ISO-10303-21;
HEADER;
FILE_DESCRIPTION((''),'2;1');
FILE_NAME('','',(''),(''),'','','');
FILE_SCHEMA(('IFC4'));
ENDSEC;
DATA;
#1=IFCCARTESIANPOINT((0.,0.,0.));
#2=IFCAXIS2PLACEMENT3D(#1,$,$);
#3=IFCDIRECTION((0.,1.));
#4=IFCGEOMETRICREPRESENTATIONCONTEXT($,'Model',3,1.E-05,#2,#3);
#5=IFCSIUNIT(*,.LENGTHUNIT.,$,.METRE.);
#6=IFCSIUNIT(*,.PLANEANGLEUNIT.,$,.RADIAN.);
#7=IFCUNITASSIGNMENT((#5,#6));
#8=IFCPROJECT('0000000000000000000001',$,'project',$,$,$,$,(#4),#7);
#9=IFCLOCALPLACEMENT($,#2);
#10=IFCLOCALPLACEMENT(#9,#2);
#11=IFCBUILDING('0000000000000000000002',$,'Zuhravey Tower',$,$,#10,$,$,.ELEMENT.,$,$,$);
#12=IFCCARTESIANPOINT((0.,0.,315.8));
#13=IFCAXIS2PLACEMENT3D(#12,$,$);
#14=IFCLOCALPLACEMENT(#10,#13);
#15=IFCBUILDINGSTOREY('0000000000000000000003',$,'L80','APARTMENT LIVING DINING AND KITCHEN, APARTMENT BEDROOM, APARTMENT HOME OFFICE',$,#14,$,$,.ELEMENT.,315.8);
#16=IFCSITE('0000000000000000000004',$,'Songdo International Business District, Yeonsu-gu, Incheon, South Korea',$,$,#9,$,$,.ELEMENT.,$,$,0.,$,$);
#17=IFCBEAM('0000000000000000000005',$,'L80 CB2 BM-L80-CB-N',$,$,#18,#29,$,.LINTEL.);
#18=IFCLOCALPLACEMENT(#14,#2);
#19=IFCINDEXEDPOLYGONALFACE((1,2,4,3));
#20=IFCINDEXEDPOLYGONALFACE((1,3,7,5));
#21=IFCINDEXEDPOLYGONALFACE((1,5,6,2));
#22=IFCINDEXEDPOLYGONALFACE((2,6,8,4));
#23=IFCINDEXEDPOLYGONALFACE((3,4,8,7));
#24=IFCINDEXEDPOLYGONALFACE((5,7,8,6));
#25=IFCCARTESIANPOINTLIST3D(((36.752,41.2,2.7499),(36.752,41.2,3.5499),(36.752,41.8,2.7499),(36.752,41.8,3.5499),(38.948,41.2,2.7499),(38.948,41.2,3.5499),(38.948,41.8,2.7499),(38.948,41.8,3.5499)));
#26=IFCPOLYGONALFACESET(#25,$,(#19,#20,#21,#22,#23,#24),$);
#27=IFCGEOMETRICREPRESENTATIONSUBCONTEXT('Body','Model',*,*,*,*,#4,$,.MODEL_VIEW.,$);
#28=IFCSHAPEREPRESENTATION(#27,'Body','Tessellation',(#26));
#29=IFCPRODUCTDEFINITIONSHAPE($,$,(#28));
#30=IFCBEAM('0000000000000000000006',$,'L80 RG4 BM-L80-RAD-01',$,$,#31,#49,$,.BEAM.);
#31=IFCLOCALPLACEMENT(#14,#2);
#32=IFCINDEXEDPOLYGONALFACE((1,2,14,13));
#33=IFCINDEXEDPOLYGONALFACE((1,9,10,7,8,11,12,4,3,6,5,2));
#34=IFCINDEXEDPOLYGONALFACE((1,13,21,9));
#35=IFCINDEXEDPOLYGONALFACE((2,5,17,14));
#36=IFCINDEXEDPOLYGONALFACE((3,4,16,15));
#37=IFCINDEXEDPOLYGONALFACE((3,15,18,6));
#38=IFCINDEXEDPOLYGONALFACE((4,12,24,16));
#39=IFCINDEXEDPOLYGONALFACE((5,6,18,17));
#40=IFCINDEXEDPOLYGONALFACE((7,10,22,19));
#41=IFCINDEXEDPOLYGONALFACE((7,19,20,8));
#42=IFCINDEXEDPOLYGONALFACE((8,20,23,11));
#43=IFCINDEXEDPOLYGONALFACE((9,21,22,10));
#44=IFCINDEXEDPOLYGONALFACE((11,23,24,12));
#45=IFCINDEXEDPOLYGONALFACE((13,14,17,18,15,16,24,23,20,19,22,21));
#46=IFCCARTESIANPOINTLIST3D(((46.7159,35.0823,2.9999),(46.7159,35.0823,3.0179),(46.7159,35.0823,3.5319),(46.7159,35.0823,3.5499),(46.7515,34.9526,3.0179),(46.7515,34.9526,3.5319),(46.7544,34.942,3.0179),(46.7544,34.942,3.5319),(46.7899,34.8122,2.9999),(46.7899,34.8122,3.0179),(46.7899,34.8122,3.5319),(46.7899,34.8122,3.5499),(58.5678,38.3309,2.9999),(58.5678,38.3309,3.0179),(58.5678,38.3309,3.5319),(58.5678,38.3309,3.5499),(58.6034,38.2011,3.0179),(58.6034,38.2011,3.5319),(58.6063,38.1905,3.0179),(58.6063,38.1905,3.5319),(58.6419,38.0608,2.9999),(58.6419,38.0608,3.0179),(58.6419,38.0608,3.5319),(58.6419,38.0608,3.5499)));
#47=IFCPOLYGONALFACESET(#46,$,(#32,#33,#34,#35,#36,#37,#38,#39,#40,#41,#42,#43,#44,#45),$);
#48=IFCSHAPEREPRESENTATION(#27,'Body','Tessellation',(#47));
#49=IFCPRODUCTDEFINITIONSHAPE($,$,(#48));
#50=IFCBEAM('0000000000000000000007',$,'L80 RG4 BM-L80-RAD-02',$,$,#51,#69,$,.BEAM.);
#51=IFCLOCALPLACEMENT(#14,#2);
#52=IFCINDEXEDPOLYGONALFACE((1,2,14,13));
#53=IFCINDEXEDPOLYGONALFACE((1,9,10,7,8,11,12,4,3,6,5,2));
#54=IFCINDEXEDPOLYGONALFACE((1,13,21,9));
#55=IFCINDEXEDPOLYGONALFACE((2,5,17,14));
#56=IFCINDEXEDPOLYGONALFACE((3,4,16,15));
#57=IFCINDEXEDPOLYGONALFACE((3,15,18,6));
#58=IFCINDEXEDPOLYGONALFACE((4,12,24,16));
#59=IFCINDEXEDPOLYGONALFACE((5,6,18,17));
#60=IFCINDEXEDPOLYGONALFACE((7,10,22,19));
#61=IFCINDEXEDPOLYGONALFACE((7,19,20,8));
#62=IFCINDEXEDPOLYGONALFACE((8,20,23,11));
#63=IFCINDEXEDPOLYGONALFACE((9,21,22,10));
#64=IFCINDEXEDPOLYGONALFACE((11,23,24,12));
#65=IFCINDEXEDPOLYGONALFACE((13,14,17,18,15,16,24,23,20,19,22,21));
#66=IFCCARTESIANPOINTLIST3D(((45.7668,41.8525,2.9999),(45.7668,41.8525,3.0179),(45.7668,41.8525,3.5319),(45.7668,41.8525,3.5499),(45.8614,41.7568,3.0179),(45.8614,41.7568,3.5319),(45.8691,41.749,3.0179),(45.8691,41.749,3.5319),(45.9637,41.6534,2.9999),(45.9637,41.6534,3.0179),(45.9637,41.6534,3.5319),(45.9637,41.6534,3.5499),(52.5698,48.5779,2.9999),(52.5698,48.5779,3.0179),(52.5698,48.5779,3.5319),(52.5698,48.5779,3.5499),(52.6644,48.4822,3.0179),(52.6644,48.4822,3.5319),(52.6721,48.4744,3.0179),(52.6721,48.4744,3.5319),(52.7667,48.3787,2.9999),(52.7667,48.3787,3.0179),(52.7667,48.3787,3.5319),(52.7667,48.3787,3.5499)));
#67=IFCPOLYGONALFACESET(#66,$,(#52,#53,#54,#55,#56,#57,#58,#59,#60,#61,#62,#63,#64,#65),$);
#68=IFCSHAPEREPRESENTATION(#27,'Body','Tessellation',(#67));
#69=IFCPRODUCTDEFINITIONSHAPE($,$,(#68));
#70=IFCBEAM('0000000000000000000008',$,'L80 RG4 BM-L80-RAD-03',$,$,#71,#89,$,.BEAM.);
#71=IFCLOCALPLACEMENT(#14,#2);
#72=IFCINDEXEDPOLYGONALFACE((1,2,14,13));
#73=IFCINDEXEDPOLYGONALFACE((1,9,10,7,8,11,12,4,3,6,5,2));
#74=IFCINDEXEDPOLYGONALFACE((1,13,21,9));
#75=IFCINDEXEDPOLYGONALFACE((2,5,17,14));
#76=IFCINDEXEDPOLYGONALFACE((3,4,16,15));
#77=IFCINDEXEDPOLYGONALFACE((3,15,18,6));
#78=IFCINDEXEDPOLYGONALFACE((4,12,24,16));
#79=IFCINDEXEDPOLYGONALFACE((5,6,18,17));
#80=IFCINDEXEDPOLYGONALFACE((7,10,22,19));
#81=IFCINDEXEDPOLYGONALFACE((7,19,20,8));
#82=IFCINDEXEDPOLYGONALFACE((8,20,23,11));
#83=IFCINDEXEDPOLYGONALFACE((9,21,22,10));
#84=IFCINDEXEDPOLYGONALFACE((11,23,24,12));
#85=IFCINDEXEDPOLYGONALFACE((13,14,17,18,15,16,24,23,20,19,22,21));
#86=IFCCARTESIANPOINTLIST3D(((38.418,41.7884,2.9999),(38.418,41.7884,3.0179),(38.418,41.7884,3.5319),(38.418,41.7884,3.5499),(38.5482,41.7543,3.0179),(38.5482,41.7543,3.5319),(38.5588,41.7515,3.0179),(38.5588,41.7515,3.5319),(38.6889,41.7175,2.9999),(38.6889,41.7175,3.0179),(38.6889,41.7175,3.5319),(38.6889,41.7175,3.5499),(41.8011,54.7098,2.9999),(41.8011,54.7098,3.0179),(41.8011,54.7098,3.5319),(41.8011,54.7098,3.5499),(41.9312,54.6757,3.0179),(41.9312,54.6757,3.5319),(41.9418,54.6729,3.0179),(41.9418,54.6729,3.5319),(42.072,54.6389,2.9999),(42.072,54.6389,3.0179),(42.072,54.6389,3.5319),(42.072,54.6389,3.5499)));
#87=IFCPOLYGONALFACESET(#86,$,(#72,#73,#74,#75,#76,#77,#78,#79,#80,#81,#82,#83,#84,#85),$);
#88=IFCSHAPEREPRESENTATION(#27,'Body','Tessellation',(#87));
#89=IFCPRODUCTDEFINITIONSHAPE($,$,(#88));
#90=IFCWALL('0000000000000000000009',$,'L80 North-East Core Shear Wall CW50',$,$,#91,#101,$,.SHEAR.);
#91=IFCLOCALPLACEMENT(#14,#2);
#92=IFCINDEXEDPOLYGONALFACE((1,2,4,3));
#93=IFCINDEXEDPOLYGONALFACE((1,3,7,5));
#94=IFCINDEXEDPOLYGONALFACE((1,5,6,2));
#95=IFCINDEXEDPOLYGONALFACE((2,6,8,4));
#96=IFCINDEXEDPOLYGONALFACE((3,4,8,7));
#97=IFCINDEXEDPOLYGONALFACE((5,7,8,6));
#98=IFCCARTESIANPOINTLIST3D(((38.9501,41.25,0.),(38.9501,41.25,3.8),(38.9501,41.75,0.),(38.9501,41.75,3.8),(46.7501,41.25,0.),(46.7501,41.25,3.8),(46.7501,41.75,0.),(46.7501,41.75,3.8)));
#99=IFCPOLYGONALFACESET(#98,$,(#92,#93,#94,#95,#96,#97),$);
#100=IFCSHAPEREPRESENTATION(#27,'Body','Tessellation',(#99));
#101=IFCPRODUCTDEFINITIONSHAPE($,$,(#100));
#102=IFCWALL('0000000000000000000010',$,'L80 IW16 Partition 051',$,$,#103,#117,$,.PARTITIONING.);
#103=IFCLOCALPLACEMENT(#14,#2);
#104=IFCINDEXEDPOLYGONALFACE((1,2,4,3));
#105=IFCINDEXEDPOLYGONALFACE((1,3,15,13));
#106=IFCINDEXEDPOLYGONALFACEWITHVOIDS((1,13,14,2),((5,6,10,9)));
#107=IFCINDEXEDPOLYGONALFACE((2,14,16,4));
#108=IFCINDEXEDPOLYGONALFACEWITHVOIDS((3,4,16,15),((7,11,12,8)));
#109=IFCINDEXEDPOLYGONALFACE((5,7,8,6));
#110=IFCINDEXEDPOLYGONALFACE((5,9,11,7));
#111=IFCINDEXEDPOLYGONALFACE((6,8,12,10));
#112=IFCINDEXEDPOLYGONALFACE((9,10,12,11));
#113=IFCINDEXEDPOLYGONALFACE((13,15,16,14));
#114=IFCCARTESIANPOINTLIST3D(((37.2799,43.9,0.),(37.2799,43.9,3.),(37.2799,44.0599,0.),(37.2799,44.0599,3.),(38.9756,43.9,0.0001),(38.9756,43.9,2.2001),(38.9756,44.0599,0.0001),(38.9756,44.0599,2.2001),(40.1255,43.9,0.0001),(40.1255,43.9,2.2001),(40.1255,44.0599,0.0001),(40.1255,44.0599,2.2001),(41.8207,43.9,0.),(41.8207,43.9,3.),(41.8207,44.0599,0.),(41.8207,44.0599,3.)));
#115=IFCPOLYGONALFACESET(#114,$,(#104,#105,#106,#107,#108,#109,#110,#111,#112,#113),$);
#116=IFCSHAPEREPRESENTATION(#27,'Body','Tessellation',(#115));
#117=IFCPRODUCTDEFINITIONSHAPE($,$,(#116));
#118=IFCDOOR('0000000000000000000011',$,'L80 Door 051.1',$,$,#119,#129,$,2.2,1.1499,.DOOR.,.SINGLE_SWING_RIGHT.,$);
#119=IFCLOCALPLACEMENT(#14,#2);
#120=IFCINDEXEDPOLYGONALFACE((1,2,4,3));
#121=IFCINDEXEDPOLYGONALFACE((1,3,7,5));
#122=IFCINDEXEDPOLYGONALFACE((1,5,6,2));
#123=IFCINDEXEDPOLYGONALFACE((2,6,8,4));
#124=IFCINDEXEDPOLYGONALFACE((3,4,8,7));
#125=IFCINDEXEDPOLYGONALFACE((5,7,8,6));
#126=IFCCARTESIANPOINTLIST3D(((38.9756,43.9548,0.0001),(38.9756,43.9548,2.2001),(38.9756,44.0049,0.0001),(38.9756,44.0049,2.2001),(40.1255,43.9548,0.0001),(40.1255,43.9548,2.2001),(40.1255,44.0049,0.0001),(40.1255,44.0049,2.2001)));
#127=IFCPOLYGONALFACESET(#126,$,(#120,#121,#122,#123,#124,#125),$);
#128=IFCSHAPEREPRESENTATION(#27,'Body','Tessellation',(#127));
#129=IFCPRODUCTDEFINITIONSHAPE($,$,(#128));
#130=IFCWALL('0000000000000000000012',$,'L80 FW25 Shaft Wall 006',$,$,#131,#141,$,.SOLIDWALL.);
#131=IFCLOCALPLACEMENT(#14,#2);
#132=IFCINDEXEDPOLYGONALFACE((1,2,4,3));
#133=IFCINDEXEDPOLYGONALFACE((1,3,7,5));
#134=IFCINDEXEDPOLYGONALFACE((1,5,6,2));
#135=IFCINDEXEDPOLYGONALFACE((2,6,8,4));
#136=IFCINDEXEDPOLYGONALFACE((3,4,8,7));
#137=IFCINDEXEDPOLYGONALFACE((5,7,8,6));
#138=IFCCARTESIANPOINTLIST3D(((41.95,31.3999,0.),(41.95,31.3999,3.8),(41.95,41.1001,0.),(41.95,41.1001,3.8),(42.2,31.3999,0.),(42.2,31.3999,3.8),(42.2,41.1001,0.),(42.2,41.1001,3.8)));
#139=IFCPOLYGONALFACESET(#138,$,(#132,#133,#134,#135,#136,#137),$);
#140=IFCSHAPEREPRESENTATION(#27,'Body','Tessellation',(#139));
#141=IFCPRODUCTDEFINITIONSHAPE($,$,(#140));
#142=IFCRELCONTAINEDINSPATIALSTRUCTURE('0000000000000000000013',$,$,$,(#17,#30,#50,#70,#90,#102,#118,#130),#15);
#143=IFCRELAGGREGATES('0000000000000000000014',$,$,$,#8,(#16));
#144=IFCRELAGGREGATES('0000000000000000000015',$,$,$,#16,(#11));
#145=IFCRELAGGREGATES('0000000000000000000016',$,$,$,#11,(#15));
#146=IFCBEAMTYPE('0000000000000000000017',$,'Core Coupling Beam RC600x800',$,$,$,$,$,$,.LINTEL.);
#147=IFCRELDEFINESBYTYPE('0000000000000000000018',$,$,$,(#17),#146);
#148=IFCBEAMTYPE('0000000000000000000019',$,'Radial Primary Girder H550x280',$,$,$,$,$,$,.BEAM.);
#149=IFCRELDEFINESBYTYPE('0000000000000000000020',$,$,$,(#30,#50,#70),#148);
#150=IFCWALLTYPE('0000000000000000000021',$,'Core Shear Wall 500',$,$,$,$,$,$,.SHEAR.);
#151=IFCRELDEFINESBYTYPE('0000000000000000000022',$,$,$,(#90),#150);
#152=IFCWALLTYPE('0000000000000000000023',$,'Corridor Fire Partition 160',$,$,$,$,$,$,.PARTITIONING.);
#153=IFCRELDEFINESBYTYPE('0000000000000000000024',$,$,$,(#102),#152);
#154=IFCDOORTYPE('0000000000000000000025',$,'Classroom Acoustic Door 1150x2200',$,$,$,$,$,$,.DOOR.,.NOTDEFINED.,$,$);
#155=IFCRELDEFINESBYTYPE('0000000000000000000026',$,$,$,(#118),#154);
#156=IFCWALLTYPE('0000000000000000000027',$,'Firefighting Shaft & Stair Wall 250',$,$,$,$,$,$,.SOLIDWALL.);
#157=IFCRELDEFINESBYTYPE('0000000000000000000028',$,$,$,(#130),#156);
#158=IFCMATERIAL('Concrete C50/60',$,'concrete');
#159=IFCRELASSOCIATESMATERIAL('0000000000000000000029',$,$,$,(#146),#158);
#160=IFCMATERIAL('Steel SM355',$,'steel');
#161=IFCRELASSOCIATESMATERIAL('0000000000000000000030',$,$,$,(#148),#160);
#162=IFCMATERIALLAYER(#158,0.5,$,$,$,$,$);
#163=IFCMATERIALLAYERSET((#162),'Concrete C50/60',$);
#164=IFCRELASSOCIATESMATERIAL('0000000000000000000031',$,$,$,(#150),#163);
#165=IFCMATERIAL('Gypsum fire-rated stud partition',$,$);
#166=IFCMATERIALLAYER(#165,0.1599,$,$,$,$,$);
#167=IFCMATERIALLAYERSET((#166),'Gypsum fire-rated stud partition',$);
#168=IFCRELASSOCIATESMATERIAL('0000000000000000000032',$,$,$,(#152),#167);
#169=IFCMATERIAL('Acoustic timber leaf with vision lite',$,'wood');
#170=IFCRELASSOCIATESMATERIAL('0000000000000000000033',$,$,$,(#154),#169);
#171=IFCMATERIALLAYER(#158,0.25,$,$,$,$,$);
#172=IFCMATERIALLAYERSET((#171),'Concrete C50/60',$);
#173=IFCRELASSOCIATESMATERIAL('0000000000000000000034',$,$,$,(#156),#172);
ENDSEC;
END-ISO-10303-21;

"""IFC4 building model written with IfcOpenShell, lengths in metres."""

from ifc_helpers import new_model, si_unit, direction, frame, frame_2d, origin, origin_2d, place, context, subcontext, project, spatial, rectangle, i_section, extrude, material, layer, layer_set, material_profile, profile_set, type_object, element, fill, save


model = new_model("IFC4")

# Units and contexts
model_context = context("Model", 3, precision=1e-05, world=origin(), true_north=direction((0.0, 1.0)))
body_context = subcontext(model_context, "Body", "Model", "MODEL_VIEW")
ifc_project = project(units=[si_unit("LENGTHUNIT", "METRE"), si_unit("PLANEANGLEUNIT", "RADIAN")], contexts=[model_context])

# Site, building, storey
site_placement = place(None, origin())
site = spatial("IfcSite", under=ifc_project, at=site_placement, Name="Songdo International Business District, Yeonsu-gu, Incheon, South Korea", CompositionType="ELEMENT", RefElevation=0.0)
building_placement = place(site_placement, origin())
building = spatial("IfcBuilding", under=site, at=building_placement, Name="Zuhravey Tower", CompositionType="ELEMENT")
storey_placement = place(building_placement, frame((0.0, 0.0, 315.8)))
storey = spatial("IfcBuildingStorey", under=building, at=storey_placement, Name="L80", Description="APARTMENT LIVING DINING AND KITCHEN, APARTMENT BEDROOM, APARTMENT HOME OFFICE", CompositionType="ELEMENT", Elevation=315.8)

# Beams
ifc_material_1 = material(Name="Concrete C50/60", Category="concrete")
ifc_material_profile_1 = material_profile(ifc_material_1, rectangle(XDim=0.6001, YDim=0.8, at=origin_2d()), Name="RC-600x800")
ifc_profile_set_1 = profile_set([ifc_material_profile_1], Name="Concrete C50/60")
beam_type_1 = type_object("IfcBeamType", Name="Core Coupling Beam RC600x800", PredefinedType="LINTEL", material=ifc_profile_set_1)
beam_1_placement = place(storey_placement, frame((36.752, 41.5, 3.1499), z_axis=(1.0, 0.0, 0.0), x_axis=(0.0, 1.0, 0.0)))
element("IfcBeam", 1, at=beam_1_placement, inside=storey, type_object=beam_type_1, Name="L80 CB2 BM-L80-CB-N", PredefinedType="LINTEL", context=body_context, shape_type="SweptSolid", body=[
    extrude(rectangle(XDim=0.6001, YDim=0.8, at=origin_2d()), origin(), (0.0, 0.0, 1.0), 2.196),
])
ifc_material_2 = material(Name="Steel SM355", Category="steel")
ifc_material_profile_2 = material_profile(ifc_material_2, i_section(OverallWidth=0.28, OverallDepth=0.55, WebThickness=0.011, FlangeThickness=0.0181, at=origin_2d()), Name="H-550x280x11x18")
ifc_profile_set_2 = profile_set([ifc_material_profile_2], Name="Steel SM355")
beam_type_2 = type_object("IfcBeamType", Name="Radial Primary Girder H550x280", PredefinedType="BEAM", material=ifc_profile_set_2)
beam_2_placement = place(storey_placement, frame((46.7529, 34.9473, 3.2749), z_axis=(0.964428, 0.264346, 0.0), x_axis=(-0.264346, 0.964428, 0.0)))
element("IfcBeam", 2, at=beam_2_placement, inside=storey, type_object=beam_type_2, Name="L80 RG4 BM-L80-RAD-01", PredefinedType="BEAM", context=body_context, shape_type="SweptSolid", body=[
    extrude(i_section(OverallWidth=0.28, OverallDepth=0.55, WebThickness=0.011, FlangeThickness=0.0181, at=origin_2d()), origin(), (0.0, 0.0, 1.0), 12.2891),
])
beam_3_placement = place(storey_placement, frame((45.8652, 41.7529, 3.2749), z_axis=(0.711153, 0.703037, 0.0), x_axis=(-0.703037, 0.711153, 0.0)))
element("IfcBeam", 3, at=beam_3_placement, inside=storey, type_object=beam_type_2, Name="L80 RG4 BM-L80-RAD-02", PredefinedType="BEAM", context=body_context, shape_type="SweptSolid", body=[
    extrude(i_section(OverallWidth=0.28, OverallDepth=0.55, WebThickness=0.011, FlangeThickness=0.0181, at=origin_2d()), origin(), (0.0, 0.0, 1.0), 9.5662),
])
beam_4_placement = place(storey_placement, frame((38.5535, 41.7529, 3.2749), z_axis=(0.253281, 0.967393, 0.0), x_axis=(-0.967393, 0.253281, 0.0)))
element("IfcBeam", 4, at=beam_4_placement, inside=storey, type_object=beam_type_2, Name="L80 RG4 BM-L80-RAD-03", PredefinedType="BEAM", context=body_context, shape_type="SweptSolid", body=[
    extrude(i_section(OverallWidth=0.28, OverallDepth=0.55, WebThickness=0.011, FlangeThickness=0.0181, at=origin_2d()), origin(), (0.0, 0.0, 1.0), 13.3569),
])

# Wall
ifc_layer_1 = layer(ifc_material_1, 0.5)
ifc_layer_set_1 = layer_set([ifc_layer_1], Name="Concrete C50/60")
wall_type_1 = type_object("IfcWallType", Name="Core Shear Wall 500", PredefinedType="SHEAR", material=ifc_layer_set_1)
wall_1_placement = place(storey_placement, frame((46.75, 41.5, 0.0), z_axis=(0.0, 0.0, 1.0), x_axis=(-1.0, 0.0, 0.0)))
element("IfcWall", 5, at=wall_1_placement, inside=storey, type_object=wall_type_1, Name="L80 North-East Core Shear Wall CW50", PredefinedType="SHEAR", context=body_context, shape_type="SweptSolid", body=[
    extrude(rectangle(XDim=7.8, YDim=0.5, at=frame_2d((3.8999, 0.0))), origin(), (0.0, 0.0, 1.0), 3.8),
])

# Wall, opening, door
ifc_material_3 = material(Name="Gypsum fire-rated stud partition")
ifc_layer_2 = layer(ifc_material_3, 0.1599)
ifc_layer_set_2 = layer_set([ifc_layer_2], Name="Gypsum fire-rated stud partition")
wall_type_2 = type_object("IfcWallType", Name="Corridor Fire Partition 160", PredefinedType="PARTITIONING", material=ifc_layer_set_2)
wall_2_placement = place(storey_placement, frame((41.8208, 43.98, 0.0), z_axis=(0.0, 0.0, 1.0), x_axis=(-1.0, 0.0, 0.0)))
wall_2 = element("IfcWall", 6, at=wall_2_placement, inside=storey, type_object=wall_type_2, Name="L80 IW16 Partition 051", PredefinedType="PARTITIONING", context=body_context, shape_type="SweptSolid", body=[
    extrude(rectangle(XDim=4.5408, YDim=0.1599, at=frame_2d((2.2705, 0.0))), origin(), (0.0, 0.0, 1.0), 3.0),
])
opening_1_placement = place(wall_2_placement, frame((1.6953, 0.0, 0.0)))
opening_1 = element("IfcOpeningElement", 7, at=opening_1_placement, cuts=wall_2, PredefinedType="OPENING", context=body_context, shape_type="SweptSolid", body=[
    extrude(rectangle(XDim=1.1499, YDim=2.2, at=frame_2d((0.575, 1.1001))), frame((0.0, 0.092, 0.0), z_axis=(0.0, -1.0, 0.0), x_axis=(1.0, 0.0, 0.0)), (0.0, 0.0, 1.0), 0.1838),
])
ifc_material_4 = material(Name="Acoustic timber leaf with vision lite", Category="wood")
door_type_1 = type_object("IfcDoorType", Name="Classroom Acoustic Door 1150x2200", OperationType="NOTDEFINED", PredefinedType="DOOR", material=ifc_material_4)
door_1_placement = place(opening_1_placement, frame((1.1499, 0.0, 0.0), z_axis=(0.0, 0.0, 1.0), x_axis=(-1.0, 0.0, 0.0)))
door_1 = element("IfcDoor", 8, at=door_1_placement, inside=storey, type_object=door_type_1, Name="L80 Door 051.1", OperationType="SINGLE_SWING_RIGHT", OverallHeight=2.2, OverallWidth=1.1499, PredefinedType="DOOR", context=body_context, shape_type="SweptSolid", body=[
    extrude(rectangle(XDim=1.1499, YDim=2.2, at=frame_2d((0.575, 1.1001))), frame((0.0, 0.0249, 0.0), z_axis=(0.0, -1.0, 0.0), x_axis=(1.0, 0.0, 0.0)), (0.0, 0.0, 1.0), 0.05),
])
fill(opening_1, door_1)
ifc_layer_3 = layer(ifc_material_1, 0.25)
ifc_layer_set_3 = layer_set([ifc_layer_3], Name="Concrete C50/60")
wall_type_3 = type_object("IfcWallType", Name="Firefighting Shaft & Stair Wall 250", PredefinedType="SOLIDWALL", material=ifc_layer_set_3)

# Wall
wall_3_placement = place(storey_placement, frame((42.075, 31.3999, 0.0), z_axis=(0.0, 0.0, 1.0), x_axis=(0.0, 1.0, 0.0)))
element("IfcWall", 9, at=wall_3_placement, inside=storey, type_object=wall_type_3, Name="L80 FW25 Shaft Wall 006", PredefinedType="SOLIDWALL", context=body_context, shape_type="SweptSolid", body=[
    extrude(rectangle(XDim=9.7002, YDim=0.25, at=frame_2d((4.8501, 0.0))), origin(), (0.0, 0.0, 1.0), 3.8),
])

save(model, "model.ifc")
